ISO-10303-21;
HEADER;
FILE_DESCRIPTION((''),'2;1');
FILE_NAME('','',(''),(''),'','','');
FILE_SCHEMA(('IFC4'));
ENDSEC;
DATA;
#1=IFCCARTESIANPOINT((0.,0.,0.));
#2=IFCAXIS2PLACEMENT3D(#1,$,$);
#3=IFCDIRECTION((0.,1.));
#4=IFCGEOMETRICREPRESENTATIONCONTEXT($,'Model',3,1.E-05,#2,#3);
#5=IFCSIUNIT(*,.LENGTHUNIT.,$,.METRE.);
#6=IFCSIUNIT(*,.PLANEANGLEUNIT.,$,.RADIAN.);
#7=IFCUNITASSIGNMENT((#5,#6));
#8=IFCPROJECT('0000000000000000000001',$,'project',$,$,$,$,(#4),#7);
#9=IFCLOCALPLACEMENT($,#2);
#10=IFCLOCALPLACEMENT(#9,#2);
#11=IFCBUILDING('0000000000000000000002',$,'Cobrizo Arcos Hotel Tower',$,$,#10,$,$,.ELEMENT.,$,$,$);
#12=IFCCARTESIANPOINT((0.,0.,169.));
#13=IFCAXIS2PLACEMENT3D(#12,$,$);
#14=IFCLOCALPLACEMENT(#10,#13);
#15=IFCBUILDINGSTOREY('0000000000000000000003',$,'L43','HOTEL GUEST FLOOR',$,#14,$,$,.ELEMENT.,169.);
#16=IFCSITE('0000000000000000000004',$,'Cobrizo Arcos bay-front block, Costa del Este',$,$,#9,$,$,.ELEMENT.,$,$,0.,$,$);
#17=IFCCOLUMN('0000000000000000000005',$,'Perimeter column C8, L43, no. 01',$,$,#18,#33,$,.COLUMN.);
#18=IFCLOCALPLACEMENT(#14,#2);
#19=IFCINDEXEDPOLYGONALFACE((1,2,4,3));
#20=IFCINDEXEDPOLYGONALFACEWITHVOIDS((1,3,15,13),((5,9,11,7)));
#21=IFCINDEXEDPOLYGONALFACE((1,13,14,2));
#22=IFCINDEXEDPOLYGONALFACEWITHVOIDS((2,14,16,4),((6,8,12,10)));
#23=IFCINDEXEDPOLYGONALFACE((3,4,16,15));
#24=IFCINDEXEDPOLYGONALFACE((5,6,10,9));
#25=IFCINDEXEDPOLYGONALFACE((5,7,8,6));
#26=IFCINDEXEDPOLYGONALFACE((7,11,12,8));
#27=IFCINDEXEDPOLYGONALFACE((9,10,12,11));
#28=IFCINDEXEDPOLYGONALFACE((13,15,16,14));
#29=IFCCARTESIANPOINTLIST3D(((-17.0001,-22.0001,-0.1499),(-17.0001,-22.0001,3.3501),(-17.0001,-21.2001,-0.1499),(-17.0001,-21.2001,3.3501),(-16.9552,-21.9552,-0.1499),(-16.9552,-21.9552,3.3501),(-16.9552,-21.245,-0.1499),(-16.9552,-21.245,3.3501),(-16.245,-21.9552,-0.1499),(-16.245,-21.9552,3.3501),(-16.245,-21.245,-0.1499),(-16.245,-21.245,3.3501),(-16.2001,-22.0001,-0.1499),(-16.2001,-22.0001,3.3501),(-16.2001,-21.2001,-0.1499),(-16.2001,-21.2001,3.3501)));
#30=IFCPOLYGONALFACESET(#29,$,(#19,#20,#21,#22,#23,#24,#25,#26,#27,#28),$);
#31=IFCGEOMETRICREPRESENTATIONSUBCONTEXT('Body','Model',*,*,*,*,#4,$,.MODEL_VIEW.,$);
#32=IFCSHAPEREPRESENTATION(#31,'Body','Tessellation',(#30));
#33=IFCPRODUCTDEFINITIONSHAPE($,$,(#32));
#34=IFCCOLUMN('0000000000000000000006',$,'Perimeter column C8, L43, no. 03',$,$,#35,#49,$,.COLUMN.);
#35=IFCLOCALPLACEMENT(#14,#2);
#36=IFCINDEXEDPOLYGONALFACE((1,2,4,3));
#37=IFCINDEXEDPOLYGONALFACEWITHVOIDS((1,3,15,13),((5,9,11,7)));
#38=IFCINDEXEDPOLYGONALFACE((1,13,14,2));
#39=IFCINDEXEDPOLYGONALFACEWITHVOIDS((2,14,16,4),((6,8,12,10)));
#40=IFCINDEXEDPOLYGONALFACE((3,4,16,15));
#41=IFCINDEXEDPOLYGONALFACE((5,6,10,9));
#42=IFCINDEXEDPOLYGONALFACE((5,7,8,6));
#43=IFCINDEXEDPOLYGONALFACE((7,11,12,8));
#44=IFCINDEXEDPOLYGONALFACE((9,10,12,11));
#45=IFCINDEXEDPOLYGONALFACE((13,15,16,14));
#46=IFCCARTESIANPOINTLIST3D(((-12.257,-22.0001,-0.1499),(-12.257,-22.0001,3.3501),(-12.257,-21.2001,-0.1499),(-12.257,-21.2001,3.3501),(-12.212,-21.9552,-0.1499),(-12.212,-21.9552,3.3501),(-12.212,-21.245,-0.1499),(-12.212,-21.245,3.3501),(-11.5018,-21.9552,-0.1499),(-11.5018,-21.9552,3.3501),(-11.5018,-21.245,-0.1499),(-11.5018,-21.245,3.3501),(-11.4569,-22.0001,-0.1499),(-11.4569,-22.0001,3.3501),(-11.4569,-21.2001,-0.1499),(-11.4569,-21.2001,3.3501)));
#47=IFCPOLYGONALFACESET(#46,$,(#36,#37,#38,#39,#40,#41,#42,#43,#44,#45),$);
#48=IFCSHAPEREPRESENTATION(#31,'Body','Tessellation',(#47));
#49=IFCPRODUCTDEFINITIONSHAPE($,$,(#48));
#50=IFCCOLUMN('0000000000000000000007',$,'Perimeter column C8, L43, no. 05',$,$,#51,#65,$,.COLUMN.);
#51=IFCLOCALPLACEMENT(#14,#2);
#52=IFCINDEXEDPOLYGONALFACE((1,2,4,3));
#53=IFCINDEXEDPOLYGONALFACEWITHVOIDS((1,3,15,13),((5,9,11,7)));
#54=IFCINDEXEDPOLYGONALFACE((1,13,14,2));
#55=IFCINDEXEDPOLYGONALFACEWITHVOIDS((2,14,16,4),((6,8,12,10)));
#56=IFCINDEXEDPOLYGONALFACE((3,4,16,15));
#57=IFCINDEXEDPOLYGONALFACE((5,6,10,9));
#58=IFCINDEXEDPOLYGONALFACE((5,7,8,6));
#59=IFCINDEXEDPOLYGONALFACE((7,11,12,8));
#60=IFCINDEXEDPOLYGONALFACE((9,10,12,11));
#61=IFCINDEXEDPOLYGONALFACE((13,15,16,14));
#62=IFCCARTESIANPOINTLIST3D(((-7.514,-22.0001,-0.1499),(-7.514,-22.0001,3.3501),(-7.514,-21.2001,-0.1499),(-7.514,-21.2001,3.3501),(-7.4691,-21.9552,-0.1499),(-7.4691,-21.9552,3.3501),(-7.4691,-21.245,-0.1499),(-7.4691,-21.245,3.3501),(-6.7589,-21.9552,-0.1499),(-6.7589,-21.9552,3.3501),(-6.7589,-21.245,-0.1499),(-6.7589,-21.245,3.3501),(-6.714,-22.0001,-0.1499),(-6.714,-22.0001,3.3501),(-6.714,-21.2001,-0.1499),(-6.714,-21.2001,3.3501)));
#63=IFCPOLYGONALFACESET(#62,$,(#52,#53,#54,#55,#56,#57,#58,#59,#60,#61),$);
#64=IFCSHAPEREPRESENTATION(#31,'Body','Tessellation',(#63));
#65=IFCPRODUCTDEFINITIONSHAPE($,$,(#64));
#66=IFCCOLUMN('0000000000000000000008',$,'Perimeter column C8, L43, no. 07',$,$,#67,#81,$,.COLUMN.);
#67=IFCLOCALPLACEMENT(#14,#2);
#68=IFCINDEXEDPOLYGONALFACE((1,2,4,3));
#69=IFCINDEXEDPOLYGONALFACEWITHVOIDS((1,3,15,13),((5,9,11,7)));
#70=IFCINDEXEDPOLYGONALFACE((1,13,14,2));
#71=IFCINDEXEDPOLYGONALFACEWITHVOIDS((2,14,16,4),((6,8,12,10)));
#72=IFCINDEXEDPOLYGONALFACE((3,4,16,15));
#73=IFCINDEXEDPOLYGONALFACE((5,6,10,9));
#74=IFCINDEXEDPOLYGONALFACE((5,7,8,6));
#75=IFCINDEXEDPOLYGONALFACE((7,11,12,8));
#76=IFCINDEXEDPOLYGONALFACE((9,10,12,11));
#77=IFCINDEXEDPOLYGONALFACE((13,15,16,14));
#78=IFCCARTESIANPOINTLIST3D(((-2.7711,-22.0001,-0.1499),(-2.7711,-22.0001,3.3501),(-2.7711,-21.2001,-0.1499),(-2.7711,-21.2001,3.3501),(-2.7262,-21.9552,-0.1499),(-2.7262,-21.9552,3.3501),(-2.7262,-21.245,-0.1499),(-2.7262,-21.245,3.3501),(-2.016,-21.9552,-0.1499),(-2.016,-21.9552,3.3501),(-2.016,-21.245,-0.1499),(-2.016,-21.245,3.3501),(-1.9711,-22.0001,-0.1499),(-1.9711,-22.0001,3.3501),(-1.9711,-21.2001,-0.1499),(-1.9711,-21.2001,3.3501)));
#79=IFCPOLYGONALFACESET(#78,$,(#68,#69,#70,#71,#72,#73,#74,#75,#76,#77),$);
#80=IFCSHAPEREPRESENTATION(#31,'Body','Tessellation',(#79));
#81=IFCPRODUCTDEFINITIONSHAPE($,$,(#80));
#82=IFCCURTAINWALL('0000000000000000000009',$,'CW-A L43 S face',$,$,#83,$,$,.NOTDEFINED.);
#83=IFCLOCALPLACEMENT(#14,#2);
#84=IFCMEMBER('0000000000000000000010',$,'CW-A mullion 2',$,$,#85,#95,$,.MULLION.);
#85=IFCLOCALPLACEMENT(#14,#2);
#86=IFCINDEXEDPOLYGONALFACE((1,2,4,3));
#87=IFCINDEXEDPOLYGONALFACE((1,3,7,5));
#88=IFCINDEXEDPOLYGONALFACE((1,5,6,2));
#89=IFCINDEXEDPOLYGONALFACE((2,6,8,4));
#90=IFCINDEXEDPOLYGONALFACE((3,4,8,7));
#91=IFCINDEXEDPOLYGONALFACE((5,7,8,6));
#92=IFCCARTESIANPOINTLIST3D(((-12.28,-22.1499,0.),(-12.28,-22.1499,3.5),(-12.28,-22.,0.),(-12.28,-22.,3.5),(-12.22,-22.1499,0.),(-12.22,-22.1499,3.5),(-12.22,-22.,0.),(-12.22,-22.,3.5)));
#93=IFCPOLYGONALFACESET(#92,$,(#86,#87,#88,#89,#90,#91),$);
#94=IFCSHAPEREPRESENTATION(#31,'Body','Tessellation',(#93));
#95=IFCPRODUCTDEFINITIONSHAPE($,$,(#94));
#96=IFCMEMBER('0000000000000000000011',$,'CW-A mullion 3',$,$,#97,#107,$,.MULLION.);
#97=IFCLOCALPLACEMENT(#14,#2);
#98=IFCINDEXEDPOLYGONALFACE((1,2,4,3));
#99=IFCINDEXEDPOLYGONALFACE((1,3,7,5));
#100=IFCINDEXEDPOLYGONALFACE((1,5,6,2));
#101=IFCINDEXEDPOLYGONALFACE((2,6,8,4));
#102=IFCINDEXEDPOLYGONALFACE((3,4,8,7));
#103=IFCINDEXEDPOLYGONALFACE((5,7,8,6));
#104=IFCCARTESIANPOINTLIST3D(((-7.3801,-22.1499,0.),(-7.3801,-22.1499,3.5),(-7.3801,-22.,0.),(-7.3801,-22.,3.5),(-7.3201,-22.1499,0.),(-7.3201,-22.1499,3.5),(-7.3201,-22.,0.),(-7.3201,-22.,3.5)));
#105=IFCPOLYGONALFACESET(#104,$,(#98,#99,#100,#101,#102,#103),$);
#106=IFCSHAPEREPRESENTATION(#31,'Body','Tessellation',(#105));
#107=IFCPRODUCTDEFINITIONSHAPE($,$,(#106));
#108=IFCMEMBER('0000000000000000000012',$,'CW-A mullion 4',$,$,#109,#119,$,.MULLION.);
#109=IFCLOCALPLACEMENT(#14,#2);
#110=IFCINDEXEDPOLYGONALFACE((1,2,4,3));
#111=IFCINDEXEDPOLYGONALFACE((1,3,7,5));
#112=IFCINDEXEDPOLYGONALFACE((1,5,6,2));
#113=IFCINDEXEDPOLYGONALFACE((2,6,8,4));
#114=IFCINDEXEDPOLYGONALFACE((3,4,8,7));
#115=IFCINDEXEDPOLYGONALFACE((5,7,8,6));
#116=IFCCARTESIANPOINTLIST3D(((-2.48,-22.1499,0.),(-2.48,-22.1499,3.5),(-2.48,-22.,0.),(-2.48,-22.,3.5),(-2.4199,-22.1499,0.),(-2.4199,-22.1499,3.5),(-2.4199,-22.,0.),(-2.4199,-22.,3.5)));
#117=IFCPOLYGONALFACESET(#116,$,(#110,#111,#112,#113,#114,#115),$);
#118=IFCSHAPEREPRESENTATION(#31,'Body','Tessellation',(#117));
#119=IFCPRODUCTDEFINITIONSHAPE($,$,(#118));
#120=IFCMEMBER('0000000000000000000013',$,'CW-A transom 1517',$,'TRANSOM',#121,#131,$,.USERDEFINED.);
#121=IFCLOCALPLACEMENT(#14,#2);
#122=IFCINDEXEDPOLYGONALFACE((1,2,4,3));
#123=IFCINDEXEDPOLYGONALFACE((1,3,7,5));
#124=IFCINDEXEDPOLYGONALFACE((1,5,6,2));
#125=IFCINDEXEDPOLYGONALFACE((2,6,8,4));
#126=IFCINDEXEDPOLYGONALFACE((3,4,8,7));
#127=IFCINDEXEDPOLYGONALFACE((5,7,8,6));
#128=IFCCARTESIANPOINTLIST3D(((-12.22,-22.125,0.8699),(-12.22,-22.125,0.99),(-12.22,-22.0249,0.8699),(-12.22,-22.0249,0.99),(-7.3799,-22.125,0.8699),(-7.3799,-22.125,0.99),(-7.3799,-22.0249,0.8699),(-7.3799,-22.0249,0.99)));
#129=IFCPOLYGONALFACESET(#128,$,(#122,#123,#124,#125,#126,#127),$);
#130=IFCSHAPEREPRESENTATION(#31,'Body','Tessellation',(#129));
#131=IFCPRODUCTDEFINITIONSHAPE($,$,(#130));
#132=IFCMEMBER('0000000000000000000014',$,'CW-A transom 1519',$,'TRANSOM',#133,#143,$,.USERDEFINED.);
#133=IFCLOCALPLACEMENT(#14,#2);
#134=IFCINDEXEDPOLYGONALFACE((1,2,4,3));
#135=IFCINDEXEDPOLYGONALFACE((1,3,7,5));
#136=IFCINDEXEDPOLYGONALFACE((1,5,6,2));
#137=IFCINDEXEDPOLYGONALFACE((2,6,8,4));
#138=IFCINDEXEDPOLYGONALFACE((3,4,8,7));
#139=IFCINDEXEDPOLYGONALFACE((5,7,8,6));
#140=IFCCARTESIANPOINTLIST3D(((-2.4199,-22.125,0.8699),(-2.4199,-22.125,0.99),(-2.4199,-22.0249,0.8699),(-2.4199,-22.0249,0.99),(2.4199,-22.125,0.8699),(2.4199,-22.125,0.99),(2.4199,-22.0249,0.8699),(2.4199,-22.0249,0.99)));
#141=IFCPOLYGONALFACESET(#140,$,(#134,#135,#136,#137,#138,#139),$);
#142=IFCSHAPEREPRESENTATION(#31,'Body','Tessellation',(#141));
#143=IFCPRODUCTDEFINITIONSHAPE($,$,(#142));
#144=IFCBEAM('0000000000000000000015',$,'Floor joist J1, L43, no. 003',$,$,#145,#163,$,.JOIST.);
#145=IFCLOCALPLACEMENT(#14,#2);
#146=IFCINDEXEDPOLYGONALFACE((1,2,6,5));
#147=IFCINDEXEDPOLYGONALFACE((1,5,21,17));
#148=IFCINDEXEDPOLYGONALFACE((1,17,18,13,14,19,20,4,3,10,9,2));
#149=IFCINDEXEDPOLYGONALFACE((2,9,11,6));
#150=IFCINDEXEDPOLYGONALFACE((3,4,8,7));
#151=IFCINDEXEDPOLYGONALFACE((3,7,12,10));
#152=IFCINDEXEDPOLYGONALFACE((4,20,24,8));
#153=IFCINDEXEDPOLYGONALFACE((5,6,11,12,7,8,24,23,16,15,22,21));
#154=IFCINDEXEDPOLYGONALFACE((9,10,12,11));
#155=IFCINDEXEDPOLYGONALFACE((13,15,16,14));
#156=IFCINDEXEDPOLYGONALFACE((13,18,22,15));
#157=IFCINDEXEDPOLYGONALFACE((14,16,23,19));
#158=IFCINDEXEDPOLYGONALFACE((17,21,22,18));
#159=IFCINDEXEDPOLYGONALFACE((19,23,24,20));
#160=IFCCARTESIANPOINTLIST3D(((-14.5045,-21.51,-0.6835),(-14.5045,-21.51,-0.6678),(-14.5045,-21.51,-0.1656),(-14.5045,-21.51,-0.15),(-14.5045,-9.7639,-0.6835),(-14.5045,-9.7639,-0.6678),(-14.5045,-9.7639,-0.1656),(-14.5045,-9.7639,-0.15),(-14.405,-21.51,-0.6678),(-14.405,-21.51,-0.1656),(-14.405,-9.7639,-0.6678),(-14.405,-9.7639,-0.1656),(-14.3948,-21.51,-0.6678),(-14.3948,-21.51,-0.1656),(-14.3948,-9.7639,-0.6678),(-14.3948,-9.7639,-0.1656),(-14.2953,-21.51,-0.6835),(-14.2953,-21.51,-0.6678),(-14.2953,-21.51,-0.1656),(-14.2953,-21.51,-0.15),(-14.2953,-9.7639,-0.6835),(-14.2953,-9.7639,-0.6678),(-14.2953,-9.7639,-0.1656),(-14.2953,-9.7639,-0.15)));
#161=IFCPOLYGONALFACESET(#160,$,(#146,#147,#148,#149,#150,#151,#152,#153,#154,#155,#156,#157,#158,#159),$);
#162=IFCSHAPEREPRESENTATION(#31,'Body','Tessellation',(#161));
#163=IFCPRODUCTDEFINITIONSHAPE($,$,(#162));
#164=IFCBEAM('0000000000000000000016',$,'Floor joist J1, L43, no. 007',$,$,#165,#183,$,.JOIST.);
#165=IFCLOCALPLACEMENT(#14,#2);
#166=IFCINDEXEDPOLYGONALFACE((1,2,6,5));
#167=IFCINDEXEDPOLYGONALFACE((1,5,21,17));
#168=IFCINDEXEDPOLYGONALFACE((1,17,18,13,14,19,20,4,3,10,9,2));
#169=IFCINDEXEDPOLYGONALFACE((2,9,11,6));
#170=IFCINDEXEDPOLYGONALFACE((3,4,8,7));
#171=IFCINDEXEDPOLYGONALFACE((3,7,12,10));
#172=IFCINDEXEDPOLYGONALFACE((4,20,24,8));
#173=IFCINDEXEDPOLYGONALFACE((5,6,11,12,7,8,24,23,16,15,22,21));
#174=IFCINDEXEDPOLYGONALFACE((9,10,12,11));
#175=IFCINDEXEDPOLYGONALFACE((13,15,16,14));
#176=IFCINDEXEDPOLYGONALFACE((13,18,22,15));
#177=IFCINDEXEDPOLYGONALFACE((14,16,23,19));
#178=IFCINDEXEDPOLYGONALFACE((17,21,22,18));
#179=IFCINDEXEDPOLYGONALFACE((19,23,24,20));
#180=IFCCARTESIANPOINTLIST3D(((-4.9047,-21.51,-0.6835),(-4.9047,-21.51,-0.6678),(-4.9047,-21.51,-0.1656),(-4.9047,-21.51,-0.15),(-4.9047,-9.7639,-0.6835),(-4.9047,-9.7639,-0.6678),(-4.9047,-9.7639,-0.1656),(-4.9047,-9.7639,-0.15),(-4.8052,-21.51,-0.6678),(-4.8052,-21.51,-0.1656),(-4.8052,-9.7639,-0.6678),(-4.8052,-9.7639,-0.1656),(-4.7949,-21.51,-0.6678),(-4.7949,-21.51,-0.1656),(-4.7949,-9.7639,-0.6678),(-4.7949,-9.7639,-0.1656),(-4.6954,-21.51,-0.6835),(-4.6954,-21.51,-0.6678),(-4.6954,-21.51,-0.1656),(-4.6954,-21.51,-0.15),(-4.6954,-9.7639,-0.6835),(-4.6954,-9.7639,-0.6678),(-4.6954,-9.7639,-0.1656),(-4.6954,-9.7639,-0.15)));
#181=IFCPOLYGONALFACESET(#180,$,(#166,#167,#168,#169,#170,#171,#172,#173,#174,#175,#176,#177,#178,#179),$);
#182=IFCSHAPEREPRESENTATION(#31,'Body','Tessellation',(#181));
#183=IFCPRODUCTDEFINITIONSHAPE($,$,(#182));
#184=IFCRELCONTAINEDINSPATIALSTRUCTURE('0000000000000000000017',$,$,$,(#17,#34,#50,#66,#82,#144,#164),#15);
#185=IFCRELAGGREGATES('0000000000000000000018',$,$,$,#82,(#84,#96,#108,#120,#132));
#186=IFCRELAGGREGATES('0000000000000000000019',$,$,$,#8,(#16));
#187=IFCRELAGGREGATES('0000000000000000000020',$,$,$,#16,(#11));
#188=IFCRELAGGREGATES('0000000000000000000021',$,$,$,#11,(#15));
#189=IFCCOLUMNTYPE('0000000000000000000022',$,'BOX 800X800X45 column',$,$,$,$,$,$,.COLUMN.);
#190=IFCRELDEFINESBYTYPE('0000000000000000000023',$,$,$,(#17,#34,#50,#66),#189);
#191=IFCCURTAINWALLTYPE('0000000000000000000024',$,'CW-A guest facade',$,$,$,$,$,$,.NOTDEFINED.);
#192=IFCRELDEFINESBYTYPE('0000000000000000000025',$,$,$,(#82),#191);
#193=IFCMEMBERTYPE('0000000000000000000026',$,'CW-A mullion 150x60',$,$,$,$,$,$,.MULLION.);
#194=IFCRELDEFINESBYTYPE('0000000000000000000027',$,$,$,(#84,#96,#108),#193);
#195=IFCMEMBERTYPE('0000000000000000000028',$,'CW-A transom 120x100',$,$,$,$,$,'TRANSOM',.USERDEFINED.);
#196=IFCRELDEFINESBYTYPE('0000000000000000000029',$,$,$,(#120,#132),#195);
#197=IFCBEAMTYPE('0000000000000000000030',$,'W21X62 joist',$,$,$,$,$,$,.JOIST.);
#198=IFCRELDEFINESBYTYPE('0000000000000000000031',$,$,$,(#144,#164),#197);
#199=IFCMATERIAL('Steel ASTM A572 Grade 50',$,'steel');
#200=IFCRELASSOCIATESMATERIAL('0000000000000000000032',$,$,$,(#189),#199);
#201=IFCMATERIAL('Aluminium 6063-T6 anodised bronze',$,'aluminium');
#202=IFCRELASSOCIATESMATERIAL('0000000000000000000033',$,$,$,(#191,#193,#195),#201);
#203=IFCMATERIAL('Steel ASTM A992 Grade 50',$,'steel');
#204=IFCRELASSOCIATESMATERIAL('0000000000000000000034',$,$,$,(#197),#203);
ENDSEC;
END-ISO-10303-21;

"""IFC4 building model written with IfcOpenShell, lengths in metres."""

from ifc_helpers import new_model, si_unit, direction, frame, origin, origin_2d, place, context, subcontext, project, spatial, rectangle, hollow_rectangle, i_section, extrude, material, material_profile, profile_set, type_object, element, aggregate, save


model = new_model("IFC4")

# Units and contexts
model_context = context("Model", 3, precision=1e-05, world=origin(), true_north=direction((0.0, 1.0)))
body_context = subcontext(model_context, "Body", "Model", "MODEL_VIEW")
ifc_project = project(units=[si_unit("LENGTHUNIT", "METRE"), si_unit("PLANEANGLEUNIT", "RADIAN")], contexts=[model_context])

# Site, building, storey
site_placement = place(None, origin())
site = spatial("IfcSite", under=ifc_project, at=site_placement, Name="Cobrizo Arcos bay-front block, Costa del Este", CompositionType="ELEMENT", RefElevation=0.0)
building_placement = place(site_placement, origin())
building = spatial("IfcBuilding", under=site, at=building_placement, Name="Cobrizo Arcos Hotel Tower", CompositionType="ELEMENT")
storey_placement = place(building_placement, frame((0.0, 0.0, 169.0)))
storey = spatial("IfcBuildingStorey", under=building, at=storey_placement, Name="L43", Description="HOTEL GUEST FLOOR", CompositionType="ELEMENT", Elevation=169.0)

# Columns
ifc_material_1 = material(Name="Steel ASTM A572 Grade 50", Category="steel")
ifc_material_profile_1 = material_profile(ifc_material_1, hollow_rectangle(XDim=0.8, YDim=0.8, WallThickness=0.0449, at=origin_2d()), Name="BOX 800X800X45")
ifc_profile_set_1 = profile_set([ifc_material_profile_1], Name="Steel ASTM A572 Grade 50")
column_type = type_object("IfcColumnType", Name="BOX 800X800X45 column", PredefinedType="COLUMN", material=ifc_profile_set_1)
for number, where, z_axis, x_axis, name in (
    (1, (-16.6001, -21.6001, -0.1499), (0.0, 0.0, 1.0), (1.0, 0.0, 0.0), "Perimeter column C8, L43, no. 01"),
    (2, (-11.8569, -21.6001, -0.1499), (0.0, 0.0, 1.0), (1.0, 0.0, 0.0), "Perimeter column C8, L43, no. 03"),
    (3, (-7.114, -21.6001, -0.1499), (0.0, 0.0, 1.0), (1.0, 0.0, 0.0), "Perimeter column C8, L43, no. 05"),
    (4, (-2.3711, -21.6001, -0.1499), (0.0, 0.0, 1.0), (1.0, 0.0, 0.0), "Perimeter column C8, L43, no. 07"),
):
    element("IfcColumn", number, at=place(storey_placement, frame(where, z_axis=z_axis, x_axis=x_axis)), inside=storey, type_object=column_type, Name=name, PredefinedType="COLUMN", context=body_context, shape_type="SweptSolid", body=[
        extrude(hollow_rectangle(XDim=0.8, YDim=0.8, WallThickness=0.0449, at=origin_2d()), origin(), (0.0, 0.0, 1.0), 3.5),
    ])

# Curtain wall, members
ifc_material_2 = material(Name="Aluminium 6063-T6 anodised bronze", Category="aluminium")
curtain_wall_type = type_object("IfcCurtainWallType", Name="CW-A guest facade", PredefinedType="NOTDEFINED", material=ifc_material_2)
curtain_wall_placement = place(storey_placement, origin())
curtain_wall = element("IfcCurtainWall", 5, at=curtain_wall_placement, inside=storey, type_object=curtain_wall_type, Name="CW-A L43 S face", PredefinedType="NOTDEFINED")
ifc_material_profile_2 = material_profile(ifc_material_2, rectangle(XDim=0.1499, YDim=0.0601, at=origin_2d()), Name="CW-A mullion 150x60")
ifc_profile_set_2 = profile_set([ifc_material_profile_2], Name="Aluminium 6063-T6 anodised bronze")
member_type_1 = type_object("IfcMemberType", Name="CW-A mullion 150x60", PredefinedType="MULLION", material=ifc_profile_set_2)
member_1_placement = place(storey_placement, frame((-12.25, -22.075, 0.0), z_axis=(0.0, 0.0, 1.0), x_axis=(0.0, -1.0, 0.0)))
member_1 = element("IfcMember", 6, at=member_1_placement, type_object=member_type_1, Name="CW-A mullion 2", PredefinedType="MULLION", context=body_context, shape_type="SweptSolid", body=[
    extrude(rectangle(XDim=0.1499, YDim=0.0601, at=origin_2d()), origin(), (0.0, 0.0, 1.0), 3.5),
])
member_2_placement = place(storey_placement, frame((-7.3501, -22.075, 0.0), z_axis=(0.0, 0.0, 1.0), x_axis=(0.0, -1.0, 0.0)))
member_2 = element("IfcMember", 7, at=member_2_placement, type_object=member_type_1, Name="CW-A mullion 3", PredefinedType="MULLION", context=body_context, shape_type="SweptSolid", body=[
    extrude(rectangle(XDim=0.1499, YDim=0.0601, at=origin_2d()), origin(), (0.0, 0.0, 1.0), 3.5),
])
member_3_placement = place(storey_placement, frame((-2.45, -22.075, 0.0), z_axis=(0.0, 0.0, 1.0), x_axis=(0.0, -1.0, 0.0)))
member_3 = element("IfcMember", 8, at=member_3_placement, type_object=member_type_1, Name="CW-A mullion 4", PredefinedType="MULLION", context=body_context, shape_type="SweptSolid", body=[
    extrude(rectangle(XDim=0.1499, YDim=0.0601, at=origin_2d()), origin(), (0.0, 0.0, 1.0), 3.5),
])
ifc_material_profile_3 = material_profile(ifc_material_2, rectangle(XDim=0.1001, YDim=0.1201, at=origin_2d()), Name="CW-A transom 120x100")
ifc_profile_set_3 = profile_set([ifc_material_profile_3], Name="Aluminium 6063-T6 anodised bronze")
member_type_2 = type_object("IfcMemberType", Name="CW-A transom 120x100", ElementType="TRANSOM", PredefinedType="USERDEFINED", material=ifc_profile_set_3)
member_4_placement = place(storey_placement, frame((-12.22, -22.075, 0.9299), z_axis=(1.0, 0.0, 0.0), x_axis=(0.0, 1.0, 0.0)))
member_4 = element("IfcMember", 9, at=member_4_placement, type_object=member_type_2, Name="CW-A transom 1517", ObjectType="TRANSOM", PredefinedType="USERDEFINED", context=body_context, shape_type="SweptSolid", body=[
    extrude(rectangle(XDim=0.1001, YDim=0.1201, at=origin_2d()), origin(), (0.0, 0.0, 1.0), 4.8401),
])
member_5_placement = place(storey_placement, frame((-2.4199, -22.075, 0.9299), z_axis=(1.0, 0.0, 0.0), x_axis=(0.0, 1.0, 0.0)))
member_5 = element("IfcMember", 10, at=member_5_placement, type_object=member_type_2, Name="CW-A transom 1519", ObjectType="TRANSOM", PredefinedType="USERDEFINED", context=body_context, shape_type="SweptSolid", body=[
    extrude(rectangle(XDim=0.1001, YDim=0.1201, at=origin_2d()), origin(), (0.0, 0.0, 1.0), 4.8398),
])

# Beams
ifc_material_3 = material(Name="Steel ASTM A992 Grade 50", Category="steel")
ifc_material_profile_4 = material_profile(ifc_material_3, i_section(OverallWidth=0.2092, OverallDepth=0.5334, WebThickness=0.0103, FlangeThickness=0.0156, at=origin_2d()), Name="W21X62")
ifc_profile_set_4 = profile_set([ifc_material_profile_4], Name="Steel ASTM A992 Grade 50")
beam_type_1 = type_object("IfcBeamType", Name="W21X62 joist", PredefinedType="JOIST", material=ifc_profile_set_4)
for number, where, z_axis, x_axis, name in (
    (11, (-14.3999, -21.51, -0.4167), (0.0, 1.0, 0.0), (-1.0, 0.0, 0.0), "Floor joist J1, L43, no. 003"),
    (12, (-4.8, -21.51, -0.4167), (0.0, 1.0, 0.0), (-1.0, 0.0, 0.0), "Floor joist J1, L43, no. 007"),
):
    element("IfcBeam", number, at=place(storey_placement, frame(where, z_axis=z_axis, x_axis=x_axis)), inside=storey, type_object=beam_type_1, Name=name, PredefinedType="JOIST", context=body_context, shape_type="SweptSolid", body=[
        extrude(i_section(OverallWidth=0.2092, OverallDepth=0.5334, WebThickness=0.0103, FlangeThickness=0.0156, at=origin_2d()), origin(), (0.0, 0.0, 1.0), 11.7461),
    ])

aggregate(curtain_wall, [member_1, member_2, member_3, member_4, member_5])

save(model, "model.ifc")
